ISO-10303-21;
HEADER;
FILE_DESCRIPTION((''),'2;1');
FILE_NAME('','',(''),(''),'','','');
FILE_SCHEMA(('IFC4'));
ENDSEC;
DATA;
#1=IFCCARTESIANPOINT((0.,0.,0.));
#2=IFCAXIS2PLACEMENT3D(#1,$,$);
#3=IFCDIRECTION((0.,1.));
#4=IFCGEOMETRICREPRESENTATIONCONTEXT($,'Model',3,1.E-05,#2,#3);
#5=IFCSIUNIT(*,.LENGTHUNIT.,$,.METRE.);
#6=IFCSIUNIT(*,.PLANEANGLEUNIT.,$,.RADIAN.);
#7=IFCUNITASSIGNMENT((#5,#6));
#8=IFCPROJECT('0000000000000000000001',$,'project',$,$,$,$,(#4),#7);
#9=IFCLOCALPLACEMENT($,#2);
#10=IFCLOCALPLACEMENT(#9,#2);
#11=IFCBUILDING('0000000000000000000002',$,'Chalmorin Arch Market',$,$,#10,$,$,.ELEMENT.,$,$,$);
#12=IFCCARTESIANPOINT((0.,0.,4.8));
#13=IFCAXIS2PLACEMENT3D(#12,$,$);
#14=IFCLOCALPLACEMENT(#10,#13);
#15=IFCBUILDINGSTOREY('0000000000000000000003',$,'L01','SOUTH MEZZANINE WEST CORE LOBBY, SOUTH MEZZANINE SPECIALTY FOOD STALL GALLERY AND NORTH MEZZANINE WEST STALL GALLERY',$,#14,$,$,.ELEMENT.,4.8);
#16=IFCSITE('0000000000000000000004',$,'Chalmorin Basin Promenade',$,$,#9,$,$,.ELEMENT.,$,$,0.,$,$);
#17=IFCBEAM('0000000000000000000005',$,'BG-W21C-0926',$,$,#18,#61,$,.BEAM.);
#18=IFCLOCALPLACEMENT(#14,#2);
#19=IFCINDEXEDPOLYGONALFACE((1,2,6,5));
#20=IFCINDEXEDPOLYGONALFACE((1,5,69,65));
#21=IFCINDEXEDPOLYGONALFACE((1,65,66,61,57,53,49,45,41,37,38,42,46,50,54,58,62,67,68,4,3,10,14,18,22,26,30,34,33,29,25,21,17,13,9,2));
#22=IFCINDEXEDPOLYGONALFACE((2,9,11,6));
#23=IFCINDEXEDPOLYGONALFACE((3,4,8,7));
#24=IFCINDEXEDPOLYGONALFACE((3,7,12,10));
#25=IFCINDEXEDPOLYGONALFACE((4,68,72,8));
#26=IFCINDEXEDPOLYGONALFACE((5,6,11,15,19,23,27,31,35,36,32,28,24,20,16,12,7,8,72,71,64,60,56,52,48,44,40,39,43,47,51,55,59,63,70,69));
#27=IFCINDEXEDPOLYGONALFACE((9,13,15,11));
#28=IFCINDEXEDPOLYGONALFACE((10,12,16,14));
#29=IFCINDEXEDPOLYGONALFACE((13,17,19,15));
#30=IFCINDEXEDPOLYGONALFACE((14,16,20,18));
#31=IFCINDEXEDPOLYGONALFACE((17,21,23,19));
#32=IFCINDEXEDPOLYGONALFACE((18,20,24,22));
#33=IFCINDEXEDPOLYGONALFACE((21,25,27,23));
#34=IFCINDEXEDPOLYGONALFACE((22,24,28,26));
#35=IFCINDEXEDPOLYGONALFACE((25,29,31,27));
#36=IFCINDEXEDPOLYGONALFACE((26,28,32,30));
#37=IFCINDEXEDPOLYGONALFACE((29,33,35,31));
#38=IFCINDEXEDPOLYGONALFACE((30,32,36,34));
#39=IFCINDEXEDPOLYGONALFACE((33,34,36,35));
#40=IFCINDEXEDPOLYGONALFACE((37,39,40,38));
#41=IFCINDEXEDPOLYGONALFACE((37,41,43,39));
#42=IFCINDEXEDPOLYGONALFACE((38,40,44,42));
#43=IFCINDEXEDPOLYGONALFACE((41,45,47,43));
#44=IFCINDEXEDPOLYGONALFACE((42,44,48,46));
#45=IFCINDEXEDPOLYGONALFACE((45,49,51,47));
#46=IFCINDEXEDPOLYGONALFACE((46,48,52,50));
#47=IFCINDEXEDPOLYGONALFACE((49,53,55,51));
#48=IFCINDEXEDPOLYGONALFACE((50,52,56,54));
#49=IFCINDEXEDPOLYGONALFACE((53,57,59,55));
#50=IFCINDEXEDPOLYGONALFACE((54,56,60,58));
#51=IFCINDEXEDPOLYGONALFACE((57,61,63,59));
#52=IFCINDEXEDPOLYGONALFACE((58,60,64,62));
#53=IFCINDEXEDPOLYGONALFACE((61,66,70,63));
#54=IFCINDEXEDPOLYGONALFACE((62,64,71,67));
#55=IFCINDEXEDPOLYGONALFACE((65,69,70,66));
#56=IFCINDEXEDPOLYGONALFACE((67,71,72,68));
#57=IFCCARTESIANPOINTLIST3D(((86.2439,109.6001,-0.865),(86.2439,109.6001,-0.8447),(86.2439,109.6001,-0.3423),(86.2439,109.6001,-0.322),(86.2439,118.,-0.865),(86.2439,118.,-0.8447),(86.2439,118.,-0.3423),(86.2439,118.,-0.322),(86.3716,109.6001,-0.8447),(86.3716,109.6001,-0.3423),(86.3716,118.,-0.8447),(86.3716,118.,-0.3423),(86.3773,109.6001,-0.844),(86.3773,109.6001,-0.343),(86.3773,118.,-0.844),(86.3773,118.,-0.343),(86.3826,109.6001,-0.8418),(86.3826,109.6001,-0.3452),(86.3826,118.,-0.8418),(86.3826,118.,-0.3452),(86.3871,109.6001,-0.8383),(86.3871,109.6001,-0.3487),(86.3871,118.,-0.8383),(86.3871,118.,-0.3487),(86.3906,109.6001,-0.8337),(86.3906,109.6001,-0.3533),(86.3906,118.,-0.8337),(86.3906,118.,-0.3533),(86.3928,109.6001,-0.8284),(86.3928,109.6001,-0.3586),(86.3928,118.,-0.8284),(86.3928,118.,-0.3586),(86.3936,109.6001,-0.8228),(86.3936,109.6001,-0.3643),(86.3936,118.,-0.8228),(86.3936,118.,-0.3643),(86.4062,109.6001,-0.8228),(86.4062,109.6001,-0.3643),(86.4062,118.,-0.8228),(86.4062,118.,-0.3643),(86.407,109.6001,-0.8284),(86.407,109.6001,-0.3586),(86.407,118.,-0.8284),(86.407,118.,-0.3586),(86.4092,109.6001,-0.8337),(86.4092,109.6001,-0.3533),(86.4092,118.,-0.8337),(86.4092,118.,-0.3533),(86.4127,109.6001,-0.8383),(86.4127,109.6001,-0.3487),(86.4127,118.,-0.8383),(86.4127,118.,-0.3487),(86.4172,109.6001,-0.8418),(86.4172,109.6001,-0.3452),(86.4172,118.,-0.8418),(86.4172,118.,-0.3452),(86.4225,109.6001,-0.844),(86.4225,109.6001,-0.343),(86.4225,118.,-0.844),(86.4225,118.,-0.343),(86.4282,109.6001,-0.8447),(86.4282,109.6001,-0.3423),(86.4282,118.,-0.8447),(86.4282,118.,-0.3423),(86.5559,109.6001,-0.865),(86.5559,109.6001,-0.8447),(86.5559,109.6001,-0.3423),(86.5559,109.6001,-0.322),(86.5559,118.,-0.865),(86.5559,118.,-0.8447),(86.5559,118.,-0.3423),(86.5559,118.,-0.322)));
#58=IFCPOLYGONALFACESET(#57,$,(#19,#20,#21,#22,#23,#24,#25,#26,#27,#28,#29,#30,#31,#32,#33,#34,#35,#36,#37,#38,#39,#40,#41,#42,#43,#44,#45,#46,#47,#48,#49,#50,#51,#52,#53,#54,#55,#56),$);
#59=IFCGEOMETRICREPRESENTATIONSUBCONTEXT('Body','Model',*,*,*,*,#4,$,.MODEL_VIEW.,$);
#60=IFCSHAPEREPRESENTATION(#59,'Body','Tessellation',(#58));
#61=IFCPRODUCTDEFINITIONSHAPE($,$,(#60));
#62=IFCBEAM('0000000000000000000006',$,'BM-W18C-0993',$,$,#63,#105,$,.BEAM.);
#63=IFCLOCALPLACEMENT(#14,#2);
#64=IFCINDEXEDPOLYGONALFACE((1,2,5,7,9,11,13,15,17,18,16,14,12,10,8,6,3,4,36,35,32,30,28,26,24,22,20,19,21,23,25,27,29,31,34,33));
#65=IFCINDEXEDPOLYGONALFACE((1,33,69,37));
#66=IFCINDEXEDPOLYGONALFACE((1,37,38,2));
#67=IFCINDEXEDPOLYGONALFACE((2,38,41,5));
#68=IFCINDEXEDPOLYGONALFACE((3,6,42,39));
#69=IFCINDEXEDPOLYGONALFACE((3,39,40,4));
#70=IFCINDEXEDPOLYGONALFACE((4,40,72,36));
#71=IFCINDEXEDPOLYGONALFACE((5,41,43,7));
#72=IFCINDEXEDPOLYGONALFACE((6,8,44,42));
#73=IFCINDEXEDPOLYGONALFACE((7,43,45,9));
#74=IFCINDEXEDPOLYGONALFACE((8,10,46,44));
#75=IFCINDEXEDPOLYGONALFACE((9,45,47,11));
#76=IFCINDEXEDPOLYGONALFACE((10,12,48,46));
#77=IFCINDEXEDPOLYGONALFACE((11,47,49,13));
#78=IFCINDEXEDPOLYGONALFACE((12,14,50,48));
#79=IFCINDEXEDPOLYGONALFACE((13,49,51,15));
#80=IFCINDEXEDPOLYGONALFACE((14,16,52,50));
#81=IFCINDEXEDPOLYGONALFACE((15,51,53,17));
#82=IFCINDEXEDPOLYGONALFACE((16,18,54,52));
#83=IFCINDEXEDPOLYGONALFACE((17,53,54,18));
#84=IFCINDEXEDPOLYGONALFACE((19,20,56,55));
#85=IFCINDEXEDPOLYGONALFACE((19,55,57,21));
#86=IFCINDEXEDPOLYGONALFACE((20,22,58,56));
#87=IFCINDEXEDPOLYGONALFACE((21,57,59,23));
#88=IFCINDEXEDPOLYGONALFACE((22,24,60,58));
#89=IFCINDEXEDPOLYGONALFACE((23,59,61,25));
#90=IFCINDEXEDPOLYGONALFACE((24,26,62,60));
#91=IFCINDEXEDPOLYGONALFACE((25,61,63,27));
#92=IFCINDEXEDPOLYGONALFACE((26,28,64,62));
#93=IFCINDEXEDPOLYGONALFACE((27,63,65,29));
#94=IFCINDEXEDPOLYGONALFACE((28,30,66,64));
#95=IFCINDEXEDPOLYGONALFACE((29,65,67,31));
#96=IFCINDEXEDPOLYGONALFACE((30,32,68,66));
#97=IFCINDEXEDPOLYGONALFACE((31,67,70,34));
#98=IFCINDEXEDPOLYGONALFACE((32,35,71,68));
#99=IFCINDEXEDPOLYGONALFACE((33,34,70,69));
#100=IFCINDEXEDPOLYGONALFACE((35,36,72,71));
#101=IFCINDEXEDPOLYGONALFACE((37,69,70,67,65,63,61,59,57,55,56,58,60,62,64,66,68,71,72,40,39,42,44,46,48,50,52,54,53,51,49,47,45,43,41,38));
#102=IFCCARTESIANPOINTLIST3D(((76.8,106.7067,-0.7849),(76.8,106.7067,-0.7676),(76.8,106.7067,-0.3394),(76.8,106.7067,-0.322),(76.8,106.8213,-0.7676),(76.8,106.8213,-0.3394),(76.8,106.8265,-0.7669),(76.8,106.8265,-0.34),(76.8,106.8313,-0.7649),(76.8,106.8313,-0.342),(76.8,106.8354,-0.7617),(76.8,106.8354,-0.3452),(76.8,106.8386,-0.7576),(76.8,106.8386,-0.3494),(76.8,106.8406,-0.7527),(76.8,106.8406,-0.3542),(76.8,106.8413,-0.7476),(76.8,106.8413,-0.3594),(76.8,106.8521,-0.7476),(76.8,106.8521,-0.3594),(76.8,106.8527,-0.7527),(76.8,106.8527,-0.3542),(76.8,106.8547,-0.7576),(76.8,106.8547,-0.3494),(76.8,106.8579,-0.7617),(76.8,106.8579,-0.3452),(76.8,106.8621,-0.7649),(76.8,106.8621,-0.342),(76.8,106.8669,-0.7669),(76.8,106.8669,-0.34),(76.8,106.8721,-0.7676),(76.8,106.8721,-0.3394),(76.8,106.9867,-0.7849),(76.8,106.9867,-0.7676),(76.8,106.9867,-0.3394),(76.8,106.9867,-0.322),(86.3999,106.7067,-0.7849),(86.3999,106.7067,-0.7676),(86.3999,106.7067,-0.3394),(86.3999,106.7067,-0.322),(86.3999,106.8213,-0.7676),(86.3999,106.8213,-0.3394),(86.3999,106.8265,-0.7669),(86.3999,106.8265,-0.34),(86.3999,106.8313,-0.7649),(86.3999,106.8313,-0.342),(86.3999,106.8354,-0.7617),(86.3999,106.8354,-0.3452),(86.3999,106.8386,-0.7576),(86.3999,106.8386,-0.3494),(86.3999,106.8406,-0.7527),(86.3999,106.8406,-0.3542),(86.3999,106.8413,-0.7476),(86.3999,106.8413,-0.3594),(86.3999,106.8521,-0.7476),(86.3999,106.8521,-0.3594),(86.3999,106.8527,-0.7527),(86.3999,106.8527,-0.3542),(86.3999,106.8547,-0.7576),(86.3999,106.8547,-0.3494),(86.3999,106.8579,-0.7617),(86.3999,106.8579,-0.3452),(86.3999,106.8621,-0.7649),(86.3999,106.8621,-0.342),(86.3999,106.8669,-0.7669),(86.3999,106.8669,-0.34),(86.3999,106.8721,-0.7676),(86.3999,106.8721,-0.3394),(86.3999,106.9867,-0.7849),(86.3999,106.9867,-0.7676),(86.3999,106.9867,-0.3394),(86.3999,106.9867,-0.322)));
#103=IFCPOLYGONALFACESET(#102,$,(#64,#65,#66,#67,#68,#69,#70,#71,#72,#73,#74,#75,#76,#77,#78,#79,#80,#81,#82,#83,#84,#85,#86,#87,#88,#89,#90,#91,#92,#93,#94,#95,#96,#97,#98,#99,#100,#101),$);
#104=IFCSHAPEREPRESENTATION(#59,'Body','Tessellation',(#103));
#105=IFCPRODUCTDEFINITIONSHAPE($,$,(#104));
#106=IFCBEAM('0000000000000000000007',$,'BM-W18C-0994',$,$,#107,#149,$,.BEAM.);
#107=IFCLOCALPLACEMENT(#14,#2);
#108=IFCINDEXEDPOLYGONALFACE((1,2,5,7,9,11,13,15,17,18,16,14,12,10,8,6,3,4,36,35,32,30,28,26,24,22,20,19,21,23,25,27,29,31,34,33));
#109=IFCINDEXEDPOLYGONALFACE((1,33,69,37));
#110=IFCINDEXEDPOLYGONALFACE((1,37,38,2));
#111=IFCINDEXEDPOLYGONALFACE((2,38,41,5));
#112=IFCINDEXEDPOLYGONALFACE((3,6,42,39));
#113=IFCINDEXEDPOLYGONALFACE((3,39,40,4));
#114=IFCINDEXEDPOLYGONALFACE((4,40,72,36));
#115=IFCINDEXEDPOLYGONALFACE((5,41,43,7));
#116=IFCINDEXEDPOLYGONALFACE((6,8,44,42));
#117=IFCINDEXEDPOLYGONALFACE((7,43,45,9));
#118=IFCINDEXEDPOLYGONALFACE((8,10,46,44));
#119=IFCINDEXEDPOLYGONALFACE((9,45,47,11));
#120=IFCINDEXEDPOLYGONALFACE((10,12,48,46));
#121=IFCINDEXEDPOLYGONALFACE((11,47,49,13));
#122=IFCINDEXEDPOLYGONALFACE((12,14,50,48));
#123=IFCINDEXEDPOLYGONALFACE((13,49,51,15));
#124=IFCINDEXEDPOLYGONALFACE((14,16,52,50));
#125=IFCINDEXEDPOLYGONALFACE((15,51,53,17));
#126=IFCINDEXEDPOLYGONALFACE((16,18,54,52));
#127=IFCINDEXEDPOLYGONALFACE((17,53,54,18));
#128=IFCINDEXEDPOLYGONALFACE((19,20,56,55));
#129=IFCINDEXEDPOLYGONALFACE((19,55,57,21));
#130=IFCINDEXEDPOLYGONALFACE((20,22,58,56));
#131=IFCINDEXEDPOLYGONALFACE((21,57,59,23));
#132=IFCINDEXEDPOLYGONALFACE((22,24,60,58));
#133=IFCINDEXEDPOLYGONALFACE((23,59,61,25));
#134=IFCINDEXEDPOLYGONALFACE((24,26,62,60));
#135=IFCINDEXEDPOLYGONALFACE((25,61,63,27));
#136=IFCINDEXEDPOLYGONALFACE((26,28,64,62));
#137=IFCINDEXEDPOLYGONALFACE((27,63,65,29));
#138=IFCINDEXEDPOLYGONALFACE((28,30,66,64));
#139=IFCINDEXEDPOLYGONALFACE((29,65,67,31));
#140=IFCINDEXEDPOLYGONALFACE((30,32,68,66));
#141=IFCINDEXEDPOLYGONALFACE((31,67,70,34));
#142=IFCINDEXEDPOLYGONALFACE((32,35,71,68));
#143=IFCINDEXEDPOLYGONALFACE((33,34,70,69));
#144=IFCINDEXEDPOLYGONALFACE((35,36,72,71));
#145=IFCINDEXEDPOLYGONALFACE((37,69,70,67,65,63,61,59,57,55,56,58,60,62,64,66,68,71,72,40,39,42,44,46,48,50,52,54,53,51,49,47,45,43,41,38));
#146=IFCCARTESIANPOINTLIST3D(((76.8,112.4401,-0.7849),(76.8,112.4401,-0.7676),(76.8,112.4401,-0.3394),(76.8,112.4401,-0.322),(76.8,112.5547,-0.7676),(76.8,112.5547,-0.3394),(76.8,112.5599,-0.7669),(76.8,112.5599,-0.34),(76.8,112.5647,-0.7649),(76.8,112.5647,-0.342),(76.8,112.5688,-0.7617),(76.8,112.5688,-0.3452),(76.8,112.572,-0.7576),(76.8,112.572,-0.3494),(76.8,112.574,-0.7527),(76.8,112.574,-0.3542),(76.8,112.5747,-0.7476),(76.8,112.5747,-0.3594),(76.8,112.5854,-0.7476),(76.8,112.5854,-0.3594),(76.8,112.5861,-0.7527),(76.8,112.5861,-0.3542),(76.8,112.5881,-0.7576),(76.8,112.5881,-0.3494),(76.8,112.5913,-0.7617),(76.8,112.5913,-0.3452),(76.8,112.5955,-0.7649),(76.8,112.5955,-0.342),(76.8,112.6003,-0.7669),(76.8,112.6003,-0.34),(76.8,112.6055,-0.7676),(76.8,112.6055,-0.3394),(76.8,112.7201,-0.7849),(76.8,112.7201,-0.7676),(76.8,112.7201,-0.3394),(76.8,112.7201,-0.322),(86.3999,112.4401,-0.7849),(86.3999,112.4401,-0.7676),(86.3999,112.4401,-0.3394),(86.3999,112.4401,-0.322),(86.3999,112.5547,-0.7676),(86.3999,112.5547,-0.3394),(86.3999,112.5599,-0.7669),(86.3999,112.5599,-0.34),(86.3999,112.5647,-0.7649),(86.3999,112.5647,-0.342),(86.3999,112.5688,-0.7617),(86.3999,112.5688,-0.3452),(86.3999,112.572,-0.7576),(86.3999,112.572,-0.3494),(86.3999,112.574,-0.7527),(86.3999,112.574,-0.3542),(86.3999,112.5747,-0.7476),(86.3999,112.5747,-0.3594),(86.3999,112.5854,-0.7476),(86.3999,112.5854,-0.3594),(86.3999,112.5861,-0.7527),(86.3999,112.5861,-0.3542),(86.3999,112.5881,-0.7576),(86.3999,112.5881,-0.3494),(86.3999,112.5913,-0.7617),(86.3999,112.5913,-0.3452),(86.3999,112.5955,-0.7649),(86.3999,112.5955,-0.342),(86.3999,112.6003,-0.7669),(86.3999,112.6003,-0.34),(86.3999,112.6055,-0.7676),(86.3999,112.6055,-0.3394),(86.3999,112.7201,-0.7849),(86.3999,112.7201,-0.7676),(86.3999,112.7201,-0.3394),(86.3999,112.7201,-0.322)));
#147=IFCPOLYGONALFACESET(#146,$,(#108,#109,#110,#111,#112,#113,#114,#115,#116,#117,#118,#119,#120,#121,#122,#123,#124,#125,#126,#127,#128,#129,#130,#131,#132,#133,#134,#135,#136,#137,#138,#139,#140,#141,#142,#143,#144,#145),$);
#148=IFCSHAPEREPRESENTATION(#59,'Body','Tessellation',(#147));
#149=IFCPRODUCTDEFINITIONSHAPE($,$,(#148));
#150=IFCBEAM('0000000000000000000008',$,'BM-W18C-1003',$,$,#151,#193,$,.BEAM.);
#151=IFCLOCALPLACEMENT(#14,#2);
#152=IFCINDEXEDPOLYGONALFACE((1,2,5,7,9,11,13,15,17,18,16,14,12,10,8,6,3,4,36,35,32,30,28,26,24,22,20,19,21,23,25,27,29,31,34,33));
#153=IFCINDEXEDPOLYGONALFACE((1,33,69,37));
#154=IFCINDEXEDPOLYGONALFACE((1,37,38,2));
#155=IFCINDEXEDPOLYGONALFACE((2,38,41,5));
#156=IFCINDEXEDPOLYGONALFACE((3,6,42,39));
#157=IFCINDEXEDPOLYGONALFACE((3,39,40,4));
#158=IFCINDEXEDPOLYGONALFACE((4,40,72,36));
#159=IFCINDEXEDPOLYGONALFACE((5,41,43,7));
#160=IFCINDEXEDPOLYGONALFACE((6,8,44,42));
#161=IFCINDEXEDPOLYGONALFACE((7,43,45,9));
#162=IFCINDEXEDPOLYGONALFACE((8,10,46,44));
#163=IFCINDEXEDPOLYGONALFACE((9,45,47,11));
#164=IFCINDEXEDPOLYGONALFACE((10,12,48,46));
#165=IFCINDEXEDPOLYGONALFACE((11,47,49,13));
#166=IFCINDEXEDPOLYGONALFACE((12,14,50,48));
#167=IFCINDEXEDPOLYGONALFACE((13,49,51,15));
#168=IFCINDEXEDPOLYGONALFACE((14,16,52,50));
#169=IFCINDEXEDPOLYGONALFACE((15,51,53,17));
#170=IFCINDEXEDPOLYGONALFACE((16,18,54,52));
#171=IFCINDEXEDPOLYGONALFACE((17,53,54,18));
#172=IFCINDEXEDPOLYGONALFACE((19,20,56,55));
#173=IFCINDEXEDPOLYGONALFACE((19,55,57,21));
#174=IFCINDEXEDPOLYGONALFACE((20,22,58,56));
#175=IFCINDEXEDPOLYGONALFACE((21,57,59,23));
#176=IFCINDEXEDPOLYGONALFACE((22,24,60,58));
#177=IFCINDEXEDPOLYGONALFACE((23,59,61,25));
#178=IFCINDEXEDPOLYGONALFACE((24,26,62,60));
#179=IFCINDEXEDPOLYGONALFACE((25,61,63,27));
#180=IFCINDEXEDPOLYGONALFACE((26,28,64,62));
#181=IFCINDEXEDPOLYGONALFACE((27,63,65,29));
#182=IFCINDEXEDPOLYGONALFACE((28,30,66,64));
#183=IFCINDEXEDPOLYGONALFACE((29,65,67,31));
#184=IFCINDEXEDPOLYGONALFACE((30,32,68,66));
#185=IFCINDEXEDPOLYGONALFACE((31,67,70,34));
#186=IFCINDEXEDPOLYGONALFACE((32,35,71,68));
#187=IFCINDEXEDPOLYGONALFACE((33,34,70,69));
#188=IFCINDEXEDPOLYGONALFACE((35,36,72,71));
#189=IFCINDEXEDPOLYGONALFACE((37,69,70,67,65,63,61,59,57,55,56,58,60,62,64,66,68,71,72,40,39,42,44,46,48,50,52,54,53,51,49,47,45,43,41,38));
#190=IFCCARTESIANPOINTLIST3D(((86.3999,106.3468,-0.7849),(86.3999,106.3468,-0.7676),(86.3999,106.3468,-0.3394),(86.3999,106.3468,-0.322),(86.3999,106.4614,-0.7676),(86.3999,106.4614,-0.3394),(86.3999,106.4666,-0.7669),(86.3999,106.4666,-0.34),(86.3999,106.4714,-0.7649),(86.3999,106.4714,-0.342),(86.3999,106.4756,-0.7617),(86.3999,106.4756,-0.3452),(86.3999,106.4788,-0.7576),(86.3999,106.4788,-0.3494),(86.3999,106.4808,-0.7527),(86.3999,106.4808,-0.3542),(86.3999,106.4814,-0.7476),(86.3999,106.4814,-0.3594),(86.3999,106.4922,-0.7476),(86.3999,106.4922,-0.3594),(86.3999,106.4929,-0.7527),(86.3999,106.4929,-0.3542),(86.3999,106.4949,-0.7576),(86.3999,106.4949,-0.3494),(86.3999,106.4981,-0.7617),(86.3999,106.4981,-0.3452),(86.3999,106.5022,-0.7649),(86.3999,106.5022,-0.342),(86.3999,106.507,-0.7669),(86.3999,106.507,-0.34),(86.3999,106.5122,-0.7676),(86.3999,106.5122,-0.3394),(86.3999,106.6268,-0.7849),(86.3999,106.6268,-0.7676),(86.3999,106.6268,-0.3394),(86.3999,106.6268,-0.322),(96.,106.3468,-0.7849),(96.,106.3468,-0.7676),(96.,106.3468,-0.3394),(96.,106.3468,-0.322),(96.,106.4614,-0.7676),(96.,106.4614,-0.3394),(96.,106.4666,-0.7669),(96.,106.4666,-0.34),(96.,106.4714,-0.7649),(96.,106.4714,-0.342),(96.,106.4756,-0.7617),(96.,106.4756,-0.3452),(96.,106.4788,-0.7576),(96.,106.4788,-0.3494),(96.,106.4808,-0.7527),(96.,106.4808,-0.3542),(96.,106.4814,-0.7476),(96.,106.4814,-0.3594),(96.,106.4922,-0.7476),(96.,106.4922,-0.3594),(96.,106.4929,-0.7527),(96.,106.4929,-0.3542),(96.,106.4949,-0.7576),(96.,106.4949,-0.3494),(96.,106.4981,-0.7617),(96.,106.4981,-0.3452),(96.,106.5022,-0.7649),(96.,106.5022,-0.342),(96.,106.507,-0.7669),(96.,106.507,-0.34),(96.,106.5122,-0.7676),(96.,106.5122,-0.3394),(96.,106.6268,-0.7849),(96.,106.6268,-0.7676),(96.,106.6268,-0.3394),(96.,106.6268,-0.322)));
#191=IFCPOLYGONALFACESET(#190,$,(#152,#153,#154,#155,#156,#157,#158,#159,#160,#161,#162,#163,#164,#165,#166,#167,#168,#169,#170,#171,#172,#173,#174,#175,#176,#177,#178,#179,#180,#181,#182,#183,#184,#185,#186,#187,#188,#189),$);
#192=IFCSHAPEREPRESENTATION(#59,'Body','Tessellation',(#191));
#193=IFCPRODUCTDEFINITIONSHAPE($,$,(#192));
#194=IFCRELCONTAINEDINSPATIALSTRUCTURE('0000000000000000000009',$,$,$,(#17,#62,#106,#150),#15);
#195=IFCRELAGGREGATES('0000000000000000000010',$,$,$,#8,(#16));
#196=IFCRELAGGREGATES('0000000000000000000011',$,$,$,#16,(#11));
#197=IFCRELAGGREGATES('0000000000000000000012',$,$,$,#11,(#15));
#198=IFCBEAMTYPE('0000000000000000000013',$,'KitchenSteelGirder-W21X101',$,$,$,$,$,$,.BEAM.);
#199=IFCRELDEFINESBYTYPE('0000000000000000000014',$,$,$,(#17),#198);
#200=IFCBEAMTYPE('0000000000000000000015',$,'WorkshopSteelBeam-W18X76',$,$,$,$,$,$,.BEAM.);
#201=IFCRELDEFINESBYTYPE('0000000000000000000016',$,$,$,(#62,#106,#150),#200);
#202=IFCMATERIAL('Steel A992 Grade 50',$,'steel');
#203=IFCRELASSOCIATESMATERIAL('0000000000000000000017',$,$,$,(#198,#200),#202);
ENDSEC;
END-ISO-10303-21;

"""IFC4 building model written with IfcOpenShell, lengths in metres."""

from ifc_helpers import new_model, si_unit, direction, frame, origin, origin_2d, place, context, subcontext, project, spatial, i_section, extrude, material, material_profile, profile_set, type_object, element, save


model = new_model("IFC4")

# Units and contexts
model_context = context("Model", 3, precision=1e-05, world=origin(), true_north=direction((0.0, 1.0)))
body_context = subcontext(model_context, "Body", "Model", "MODEL_VIEW")
ifc_project = project(units=[si_unit("LENGTHUNIT", "METRE"), si_unit("PLANEANGLEUNIT", "RADIAN")], contexts=[model_context])

# Site, building, storey
site_placement = place(None, origin())
site = spatial("IfcSite", under=ifc_project, at=site_placement, Name="Chalmorin Basin Promenade", CompositionType="ELEMENT", RefElevation=0.0)
building_placement = place(site_placement, origin())
building = spatial("IfcBuilding", under=site, at=building_placement, Name="Chalmorin Arch Market", CompositionType="ELEMENT")
storey_placement = place(building_placement, frame((0.0, 0.0, 4.8)))
storey = spatial("IfcBuildingStorey", under=building, at=storey_placement, Name="L01", Description="SOUTH MEZZANINE WEST CORE LOBBY, SOUTH MEZZANINE SPECIALTY FOOD STALL GALLERY AND NORTH MEZZANINE WEST STALL GALLERY", CompositionType="ELEMENT", Elevation=4.8)

# Beams
ifc_material_1 = material(Name="Steel A992 Grade 50", Category="steel")
ifc_material_profile_1 = material_profile(ifc_material_1, i_section(OverallWidth=0.312, OverallDepth=0.543, WebThickness=0.0127, FlangeThickness=0.0203, FilletRadius=0.022, at=origin_2d()), Name="W21X101")
ifc_profile_set_1 = profile_set([ifc_material_profile_1], Name="Steel A992 Grade 50")
beam_type_1 = type_object("IfcBeamType", Name="KitchenSteelGirder-W21X101", PredefinedType="BEAM", material=ifc_profile_set_1)
for number, where, z_axis, x_axis, name in (
    (1, (86.3999, 109.6001, -0.5935), (0.0, 1.0, 0.0), (-1.0, 0.0, 0.0), "BG-W21C-0926"),
):
    element("IfcBeam", number, at=place(storey_placement, frame(where, z_axis=z_axis, x_axis=x_axis)), inside=storey, type_object=beam_type_1, Name=name, PredefinedType="BEAM", context=body_context, shape_type="SweptSolid", body=[
        extrude(i_section(OverallWidth=0.312, OverallDepth=0.543, WebThickness=0.0127, FlangeThickness=0.0203, FilletRadius=0.022, at=origin_2d()), origin(), (0.0, 0.0, 1.0), 8.3999),
    ])
ifc_material_profile_2 = material_profile(ifc_material_1, i_section(OverallWidth=0.28, OverallDepth=0.4629, WebThickness=0.0107, FlangeThickness=0.0173, FilletRadius=0.02, at=origin_2d()), Name="W18X76")
ifc_profile_set_2 = profile_set([ifc_material_profile_2], Name="Steel A992 Grade 50")
beam_type_2 = type_object("IfcBeamType", Name="WorkshopSteelBeam-W18X76", PredefinedType="BEAM", material=ifc_profile_set_2)
for number, where, z_axis, x_axis, name in (
    (2, (76.8, 106.8467, -0.5535), (1.0, 0.0, 0.0), (0.0, 1.0, 0.0), "BM-W18C-0993"),
    (3, (76.8, 112.5801, -0.5535), (1.0, 0.0, 0.0), (0.0, 1.0, 0.0), "BM-W18C-0994"),
):
    element("IfcBeam", number, at=place(storey_placement, frame(where, z_axis=z_axis, x_axis=x_axis)), inside=storey, type_object=beam_type_2, Name=name, PredefinedType="BEAM", context=body_context, shape_type="SweptSolid", body=[
        extrude(i_section(OverallWidth=0.28, OverallDepth=0.4629, WebThickness=0.0107, FlangeThickness=0.0173, FilletRadius=0.02, at=origin_2d()), origin(), (0.0, 0.0, 1.0), 9.5999),
    ])
beam_1_placement = place(storey_placement, frame((86.3999, 106.4868, -0.5535), z_axis=(1.0, 0.0, 0.0), x_axis=(0.0, 1.0, 0.0)))
element("IfcBeam", 4, at=beam_1_placement, inside=storey, type_object=beam_type_2, Name="BM-W18C-1003", PredefinedType="BEAM", context=body_context, shape_type="SweptSolid", body=[
    extrude(i_section(OverallWidth=0.28, OverallDepth=0.4629, WebThickness=0.0107, FlangeThickness=0.0173, FilletRadius=0.02, at=origin_2d()), origin(), (0.0, 0.0, 1.0), 9.6001),
])

save(model, "model.ifc")
